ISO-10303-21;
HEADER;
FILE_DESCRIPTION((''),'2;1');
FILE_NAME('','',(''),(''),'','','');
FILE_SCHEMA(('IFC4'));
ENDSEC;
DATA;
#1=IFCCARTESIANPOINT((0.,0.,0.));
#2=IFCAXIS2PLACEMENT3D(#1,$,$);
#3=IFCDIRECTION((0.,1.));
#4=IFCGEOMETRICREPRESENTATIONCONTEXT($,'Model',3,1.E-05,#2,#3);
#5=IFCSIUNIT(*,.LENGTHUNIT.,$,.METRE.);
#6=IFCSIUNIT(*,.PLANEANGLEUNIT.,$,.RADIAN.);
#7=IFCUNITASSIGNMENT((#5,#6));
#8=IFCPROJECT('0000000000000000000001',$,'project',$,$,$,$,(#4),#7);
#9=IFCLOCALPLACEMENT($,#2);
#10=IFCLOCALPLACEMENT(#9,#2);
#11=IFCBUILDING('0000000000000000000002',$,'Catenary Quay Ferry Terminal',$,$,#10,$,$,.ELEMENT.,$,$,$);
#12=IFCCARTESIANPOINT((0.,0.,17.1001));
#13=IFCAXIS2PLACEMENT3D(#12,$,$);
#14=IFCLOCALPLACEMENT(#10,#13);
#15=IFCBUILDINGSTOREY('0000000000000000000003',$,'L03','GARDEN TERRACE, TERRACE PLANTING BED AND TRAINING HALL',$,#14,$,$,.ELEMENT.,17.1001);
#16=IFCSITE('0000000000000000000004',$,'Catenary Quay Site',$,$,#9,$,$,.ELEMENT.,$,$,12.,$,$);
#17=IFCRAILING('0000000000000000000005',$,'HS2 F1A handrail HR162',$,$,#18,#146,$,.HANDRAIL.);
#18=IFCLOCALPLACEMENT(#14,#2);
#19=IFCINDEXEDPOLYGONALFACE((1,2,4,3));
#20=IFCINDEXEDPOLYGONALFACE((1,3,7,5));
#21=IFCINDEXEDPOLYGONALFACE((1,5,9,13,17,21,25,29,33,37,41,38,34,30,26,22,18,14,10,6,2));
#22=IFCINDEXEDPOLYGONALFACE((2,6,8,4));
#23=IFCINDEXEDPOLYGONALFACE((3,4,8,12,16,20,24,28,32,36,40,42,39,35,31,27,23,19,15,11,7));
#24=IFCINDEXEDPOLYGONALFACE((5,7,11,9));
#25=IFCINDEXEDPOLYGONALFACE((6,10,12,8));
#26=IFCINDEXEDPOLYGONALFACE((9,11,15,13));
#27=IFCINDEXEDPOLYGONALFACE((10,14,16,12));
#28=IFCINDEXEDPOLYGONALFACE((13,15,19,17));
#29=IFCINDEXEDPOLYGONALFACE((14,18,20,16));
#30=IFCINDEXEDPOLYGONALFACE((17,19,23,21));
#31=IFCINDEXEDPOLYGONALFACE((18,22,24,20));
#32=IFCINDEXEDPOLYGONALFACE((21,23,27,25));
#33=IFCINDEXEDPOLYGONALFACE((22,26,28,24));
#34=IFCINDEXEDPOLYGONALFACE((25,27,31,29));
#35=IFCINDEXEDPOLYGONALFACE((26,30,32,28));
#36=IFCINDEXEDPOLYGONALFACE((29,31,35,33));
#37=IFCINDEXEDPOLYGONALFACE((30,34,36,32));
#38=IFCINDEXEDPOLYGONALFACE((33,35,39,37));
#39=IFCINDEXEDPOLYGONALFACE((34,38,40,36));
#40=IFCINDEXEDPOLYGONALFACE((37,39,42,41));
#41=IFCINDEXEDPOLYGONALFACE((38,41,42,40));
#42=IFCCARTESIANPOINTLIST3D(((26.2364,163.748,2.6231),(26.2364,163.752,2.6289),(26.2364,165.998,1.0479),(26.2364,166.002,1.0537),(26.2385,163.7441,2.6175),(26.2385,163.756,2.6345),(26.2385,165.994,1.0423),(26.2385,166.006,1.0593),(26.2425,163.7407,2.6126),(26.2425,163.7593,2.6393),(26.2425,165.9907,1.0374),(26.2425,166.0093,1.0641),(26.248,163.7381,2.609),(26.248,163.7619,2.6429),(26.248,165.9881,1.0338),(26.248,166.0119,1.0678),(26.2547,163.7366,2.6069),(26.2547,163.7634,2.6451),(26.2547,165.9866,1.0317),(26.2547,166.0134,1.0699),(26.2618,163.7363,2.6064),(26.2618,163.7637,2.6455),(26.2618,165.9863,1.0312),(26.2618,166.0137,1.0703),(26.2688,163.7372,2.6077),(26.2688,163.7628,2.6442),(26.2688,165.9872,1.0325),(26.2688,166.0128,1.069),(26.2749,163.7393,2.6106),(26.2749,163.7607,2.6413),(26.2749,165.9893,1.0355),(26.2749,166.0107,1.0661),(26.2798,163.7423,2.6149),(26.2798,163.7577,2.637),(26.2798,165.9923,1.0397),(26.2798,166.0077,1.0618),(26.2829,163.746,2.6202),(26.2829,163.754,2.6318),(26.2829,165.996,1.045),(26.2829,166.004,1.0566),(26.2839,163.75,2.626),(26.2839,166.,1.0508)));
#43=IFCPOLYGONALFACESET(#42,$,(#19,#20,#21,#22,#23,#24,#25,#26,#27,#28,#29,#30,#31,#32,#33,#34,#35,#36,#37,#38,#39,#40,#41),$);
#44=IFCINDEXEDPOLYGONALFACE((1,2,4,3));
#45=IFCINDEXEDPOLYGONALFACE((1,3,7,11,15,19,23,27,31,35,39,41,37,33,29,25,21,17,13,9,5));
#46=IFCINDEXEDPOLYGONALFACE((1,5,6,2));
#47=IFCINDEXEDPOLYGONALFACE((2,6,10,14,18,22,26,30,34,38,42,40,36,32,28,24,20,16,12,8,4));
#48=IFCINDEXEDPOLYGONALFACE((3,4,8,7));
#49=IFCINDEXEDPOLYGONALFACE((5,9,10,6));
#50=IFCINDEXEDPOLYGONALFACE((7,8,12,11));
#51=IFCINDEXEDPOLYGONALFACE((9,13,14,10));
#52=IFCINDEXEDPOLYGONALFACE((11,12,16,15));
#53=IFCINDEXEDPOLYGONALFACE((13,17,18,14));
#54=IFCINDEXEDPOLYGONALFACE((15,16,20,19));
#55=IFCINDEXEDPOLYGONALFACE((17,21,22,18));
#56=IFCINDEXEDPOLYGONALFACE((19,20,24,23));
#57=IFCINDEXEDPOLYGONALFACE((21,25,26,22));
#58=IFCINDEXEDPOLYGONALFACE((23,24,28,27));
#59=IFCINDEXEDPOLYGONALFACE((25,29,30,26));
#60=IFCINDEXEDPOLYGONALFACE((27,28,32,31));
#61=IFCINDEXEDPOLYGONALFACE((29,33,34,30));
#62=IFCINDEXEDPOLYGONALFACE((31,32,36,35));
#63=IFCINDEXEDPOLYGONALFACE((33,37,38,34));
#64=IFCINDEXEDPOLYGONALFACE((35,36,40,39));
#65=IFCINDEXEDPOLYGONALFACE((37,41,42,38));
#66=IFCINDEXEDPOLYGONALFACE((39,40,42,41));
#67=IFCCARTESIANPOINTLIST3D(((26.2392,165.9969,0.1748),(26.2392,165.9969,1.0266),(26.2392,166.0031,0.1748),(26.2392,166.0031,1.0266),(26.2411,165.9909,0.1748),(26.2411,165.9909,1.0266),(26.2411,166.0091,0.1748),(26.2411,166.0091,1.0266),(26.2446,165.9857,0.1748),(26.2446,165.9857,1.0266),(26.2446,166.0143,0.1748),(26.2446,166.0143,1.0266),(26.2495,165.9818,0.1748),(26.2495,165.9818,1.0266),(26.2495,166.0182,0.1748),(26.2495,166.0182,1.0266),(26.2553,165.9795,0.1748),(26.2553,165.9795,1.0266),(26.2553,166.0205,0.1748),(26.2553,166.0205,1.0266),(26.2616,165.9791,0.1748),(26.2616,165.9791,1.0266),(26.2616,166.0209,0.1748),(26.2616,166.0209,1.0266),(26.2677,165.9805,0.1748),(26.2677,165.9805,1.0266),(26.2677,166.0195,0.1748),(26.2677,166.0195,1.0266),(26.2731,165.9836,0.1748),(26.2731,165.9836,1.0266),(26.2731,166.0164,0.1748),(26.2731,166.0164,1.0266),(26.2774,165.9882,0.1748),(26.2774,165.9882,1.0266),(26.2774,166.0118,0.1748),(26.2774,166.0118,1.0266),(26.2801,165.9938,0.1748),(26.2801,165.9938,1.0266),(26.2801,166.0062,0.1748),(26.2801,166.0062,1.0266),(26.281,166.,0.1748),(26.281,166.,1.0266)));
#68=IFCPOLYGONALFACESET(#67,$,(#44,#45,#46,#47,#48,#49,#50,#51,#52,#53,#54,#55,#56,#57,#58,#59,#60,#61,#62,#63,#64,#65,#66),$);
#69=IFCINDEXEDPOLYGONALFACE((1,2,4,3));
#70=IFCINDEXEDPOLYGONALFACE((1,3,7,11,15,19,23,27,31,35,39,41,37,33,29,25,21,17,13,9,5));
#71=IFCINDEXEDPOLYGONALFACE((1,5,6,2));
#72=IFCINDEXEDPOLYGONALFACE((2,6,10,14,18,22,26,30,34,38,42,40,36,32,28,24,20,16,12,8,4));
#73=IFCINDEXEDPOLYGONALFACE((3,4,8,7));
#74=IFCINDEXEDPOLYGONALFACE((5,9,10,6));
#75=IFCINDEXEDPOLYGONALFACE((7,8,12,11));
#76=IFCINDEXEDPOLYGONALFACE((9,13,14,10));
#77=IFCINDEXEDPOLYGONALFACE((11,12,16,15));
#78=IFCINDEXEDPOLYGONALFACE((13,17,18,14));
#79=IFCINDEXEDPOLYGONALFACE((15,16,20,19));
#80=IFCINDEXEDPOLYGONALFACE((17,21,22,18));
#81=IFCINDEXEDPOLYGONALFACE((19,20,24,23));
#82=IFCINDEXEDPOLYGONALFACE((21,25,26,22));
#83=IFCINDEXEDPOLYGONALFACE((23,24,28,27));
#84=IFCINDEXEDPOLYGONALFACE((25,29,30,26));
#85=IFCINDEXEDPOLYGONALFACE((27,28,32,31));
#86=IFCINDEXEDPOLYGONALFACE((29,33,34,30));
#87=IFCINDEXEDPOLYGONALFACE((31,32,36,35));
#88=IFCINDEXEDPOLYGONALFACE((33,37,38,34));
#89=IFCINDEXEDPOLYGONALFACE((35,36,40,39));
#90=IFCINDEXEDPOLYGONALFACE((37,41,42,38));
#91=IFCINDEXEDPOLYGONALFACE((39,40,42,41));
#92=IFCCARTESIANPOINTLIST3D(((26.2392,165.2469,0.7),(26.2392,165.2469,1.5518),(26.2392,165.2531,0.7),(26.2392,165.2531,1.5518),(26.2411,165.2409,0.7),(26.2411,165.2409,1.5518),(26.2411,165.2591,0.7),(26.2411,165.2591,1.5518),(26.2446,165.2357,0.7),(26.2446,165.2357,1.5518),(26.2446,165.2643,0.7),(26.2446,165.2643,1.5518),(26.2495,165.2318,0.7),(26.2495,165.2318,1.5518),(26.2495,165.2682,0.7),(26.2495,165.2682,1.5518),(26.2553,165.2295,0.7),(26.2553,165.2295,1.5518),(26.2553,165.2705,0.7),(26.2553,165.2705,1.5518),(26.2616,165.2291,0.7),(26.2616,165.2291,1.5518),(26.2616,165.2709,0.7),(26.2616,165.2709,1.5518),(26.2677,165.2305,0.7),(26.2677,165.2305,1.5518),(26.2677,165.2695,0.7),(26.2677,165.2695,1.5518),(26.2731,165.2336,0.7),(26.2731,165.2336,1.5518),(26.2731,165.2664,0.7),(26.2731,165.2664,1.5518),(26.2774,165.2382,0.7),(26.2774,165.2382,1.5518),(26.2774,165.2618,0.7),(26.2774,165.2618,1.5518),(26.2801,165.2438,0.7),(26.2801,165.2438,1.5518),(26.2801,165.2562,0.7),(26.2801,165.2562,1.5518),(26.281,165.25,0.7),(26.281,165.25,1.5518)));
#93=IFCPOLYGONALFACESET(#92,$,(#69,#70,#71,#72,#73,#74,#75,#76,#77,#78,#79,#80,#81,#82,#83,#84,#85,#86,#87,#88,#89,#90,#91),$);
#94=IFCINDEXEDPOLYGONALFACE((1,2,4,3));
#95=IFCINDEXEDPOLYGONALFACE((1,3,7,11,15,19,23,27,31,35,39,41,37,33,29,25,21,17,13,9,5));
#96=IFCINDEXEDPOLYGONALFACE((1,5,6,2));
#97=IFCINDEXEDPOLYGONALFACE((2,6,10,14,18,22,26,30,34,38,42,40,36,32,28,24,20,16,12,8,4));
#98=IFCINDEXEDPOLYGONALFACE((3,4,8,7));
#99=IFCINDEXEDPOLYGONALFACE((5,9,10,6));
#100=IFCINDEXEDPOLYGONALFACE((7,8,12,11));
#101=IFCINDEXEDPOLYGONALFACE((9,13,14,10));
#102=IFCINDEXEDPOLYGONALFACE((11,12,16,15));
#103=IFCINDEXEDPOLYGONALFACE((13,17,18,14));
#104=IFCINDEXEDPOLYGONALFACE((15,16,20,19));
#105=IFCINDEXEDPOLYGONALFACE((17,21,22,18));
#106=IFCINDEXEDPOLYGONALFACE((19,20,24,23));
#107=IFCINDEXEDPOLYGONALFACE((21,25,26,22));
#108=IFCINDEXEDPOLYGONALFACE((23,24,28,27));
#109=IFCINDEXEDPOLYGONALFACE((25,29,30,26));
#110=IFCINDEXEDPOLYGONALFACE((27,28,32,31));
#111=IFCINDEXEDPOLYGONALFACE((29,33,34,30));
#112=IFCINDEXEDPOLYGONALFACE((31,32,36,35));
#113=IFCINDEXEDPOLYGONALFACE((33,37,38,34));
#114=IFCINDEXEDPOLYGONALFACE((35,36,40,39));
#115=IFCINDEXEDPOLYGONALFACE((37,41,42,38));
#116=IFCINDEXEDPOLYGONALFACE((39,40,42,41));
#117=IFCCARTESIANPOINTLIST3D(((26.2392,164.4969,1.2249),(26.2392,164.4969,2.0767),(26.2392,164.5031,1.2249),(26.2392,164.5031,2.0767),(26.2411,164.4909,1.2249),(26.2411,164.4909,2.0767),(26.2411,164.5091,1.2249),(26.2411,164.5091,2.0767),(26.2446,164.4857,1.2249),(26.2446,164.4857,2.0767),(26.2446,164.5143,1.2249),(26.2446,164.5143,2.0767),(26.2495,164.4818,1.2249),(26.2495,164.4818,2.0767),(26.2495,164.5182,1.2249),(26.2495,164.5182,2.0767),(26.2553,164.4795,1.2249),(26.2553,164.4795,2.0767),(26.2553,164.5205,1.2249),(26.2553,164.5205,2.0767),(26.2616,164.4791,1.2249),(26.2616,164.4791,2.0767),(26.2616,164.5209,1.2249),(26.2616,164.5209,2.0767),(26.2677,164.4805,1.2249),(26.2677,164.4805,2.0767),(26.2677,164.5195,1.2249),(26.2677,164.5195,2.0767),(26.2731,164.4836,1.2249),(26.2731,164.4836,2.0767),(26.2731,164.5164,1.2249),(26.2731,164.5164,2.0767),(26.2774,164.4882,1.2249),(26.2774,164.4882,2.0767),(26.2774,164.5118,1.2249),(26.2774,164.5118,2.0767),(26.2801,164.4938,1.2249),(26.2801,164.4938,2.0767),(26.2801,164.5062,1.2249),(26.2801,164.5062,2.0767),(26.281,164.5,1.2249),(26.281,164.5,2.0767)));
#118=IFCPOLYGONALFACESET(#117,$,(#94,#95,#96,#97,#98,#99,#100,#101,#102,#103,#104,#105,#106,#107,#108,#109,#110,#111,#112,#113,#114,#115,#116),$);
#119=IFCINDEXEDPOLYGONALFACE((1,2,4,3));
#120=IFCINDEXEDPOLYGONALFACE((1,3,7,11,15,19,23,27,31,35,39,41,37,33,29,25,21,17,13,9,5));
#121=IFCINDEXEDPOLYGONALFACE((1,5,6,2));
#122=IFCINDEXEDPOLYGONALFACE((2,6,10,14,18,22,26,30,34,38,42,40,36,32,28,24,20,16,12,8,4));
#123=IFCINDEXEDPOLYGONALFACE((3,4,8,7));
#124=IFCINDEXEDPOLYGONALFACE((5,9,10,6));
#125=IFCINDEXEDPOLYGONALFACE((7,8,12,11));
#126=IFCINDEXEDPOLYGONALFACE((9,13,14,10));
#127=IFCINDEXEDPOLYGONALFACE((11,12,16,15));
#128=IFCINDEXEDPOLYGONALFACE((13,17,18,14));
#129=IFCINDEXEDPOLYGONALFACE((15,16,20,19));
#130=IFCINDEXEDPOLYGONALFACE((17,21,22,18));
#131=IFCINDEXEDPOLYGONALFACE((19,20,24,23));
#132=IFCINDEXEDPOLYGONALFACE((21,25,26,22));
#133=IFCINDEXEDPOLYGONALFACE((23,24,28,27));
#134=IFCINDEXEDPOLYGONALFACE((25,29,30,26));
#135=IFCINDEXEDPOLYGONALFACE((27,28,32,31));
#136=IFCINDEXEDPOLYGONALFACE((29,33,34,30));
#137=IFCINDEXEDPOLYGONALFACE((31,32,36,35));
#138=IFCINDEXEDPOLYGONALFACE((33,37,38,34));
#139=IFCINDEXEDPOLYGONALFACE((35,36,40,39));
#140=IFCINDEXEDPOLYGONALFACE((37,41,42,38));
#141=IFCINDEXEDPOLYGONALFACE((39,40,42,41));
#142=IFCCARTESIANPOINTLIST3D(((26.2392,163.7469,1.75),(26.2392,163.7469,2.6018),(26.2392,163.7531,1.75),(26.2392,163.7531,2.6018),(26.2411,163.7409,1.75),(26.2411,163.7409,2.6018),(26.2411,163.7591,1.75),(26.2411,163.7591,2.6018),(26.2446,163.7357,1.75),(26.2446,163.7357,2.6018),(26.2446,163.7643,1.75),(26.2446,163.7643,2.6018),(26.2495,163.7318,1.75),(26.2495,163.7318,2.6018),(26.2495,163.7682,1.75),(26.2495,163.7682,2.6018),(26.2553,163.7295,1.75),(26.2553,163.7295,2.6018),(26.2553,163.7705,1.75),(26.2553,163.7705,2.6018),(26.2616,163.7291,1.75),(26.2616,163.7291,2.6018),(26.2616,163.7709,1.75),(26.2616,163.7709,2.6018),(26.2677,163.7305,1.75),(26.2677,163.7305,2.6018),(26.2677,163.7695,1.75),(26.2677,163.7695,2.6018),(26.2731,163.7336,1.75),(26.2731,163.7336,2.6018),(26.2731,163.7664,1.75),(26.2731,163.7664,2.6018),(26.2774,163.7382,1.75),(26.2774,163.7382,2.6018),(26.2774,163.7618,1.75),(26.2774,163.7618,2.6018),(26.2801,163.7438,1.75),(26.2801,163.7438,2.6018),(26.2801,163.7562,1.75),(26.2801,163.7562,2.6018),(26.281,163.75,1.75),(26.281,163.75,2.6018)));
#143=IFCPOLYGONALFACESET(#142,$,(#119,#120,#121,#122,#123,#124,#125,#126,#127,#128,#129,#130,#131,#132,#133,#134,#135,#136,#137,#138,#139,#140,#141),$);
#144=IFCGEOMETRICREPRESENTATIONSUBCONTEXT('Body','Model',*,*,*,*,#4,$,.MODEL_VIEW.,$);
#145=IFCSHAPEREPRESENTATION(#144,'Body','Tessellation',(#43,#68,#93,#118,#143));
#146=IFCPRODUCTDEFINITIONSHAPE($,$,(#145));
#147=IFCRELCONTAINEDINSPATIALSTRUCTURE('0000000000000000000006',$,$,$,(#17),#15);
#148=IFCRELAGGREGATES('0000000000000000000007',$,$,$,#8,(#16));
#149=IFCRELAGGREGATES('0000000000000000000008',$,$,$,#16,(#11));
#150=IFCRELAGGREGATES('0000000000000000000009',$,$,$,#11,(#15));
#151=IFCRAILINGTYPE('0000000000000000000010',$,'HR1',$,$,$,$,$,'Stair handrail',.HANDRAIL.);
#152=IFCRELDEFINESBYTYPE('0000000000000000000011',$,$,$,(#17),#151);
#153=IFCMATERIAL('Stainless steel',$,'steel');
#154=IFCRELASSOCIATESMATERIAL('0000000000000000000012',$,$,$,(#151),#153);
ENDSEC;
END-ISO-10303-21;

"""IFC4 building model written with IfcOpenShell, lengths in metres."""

from ifc_helpers import new_model, si_unit, direction, frame, origin, origin_2d, place, context, subcontext, project, spatial, circle, extrude, material, type_object, element, save


model = new_model("IFC4")

# Units and contexts
model_context = context("Model", 3, precision=1e-05, world=origin(), true_north=direction((0.0, 1.0)))
body_context = subcontext(model_context, "Body", "Model", "MODEL_VIEW")
ifc_project = project(units=[si_unit("LENGTHUNIT", "METRE"), si_unit("PLANEANGLEUNIT", "RADIAN")], contexts=[model_context])

# Site, building, storey
site_placement = place(None, origin())
site = spatial("IfcSite", under=ifc_project, at=site_placement, Name="Catenary Quay Site", CompositionType="ELEMENT", RefElevation=12.0)
building_placement = place(site_placement, origin())
building = spatial("IfcBuilding", under=site, at=building_placement, Name="Catenary Quay Ferry Terminal", CompositionType="ELEMENT")
storey_placement = place(building_placement, frame((0.0, 0.0, 17.1001)))
storey = spatial("IfcBuildingStorey", under=building, at=storey_placement, Name="L03", Description="GARDEN TERRACE, TERRACE PLANTING BED AND TRAINING HALL", CompositionType="ELEMENT", Elevation=17.1001)

# Railing
ifc_material_1 = material(Name="Stainless steel", Category="steel")
railing_type_1 = type_object("IfcRailingType", Name="HR1", ElementType="Stair handrail", PredefinedType="HANDRAIL", material=ifc_material_1)
railing_1_placement = place(storey_placement, frame((26.26, 166.0, 0.1748)))
element("IfcRailing", 1, at=railing_1_placement, inside=storey, type_object=railing_type_1, Name="HS2 F1A handrail HR162", PredefinedType="HANDRAIL", context=body_context, shape_type="SweptSolid", body=[
    extrude(circle(Radius=0.0239, at=origin_2d()), frame((0.0, 0.0, 0.876), z_axis=(0.0, -0.819199, 0.57351), x_axis=(1.0, 0.0, 0.0)), (0.0, 0.0, 1.0), 2.7466),
    extrude(circle(Radius=0.021, at=origin_2d()), origin(), (0.0, 0.0, 1.0), 0.8518),
    extrude(circle(Radius=0.021, at=origin_2d()), frame((0.0, -0.75, 0.5251)), (0.0, 0.0, 1.0), 0.8518),
    extrude(circle(Radius=0.021, at=origin_2d()), frame((0.0, -1.5, 1.05)), (0.0, 0.0, 1.0), 0.8518),
    extrude(circle(Radius=0.021, at=origin_2d()), frame((0.0, -2.25, 1.5752)), (0.0, 0.0, 1.0), 0.8518),
])

save(model, "model.ifc")
